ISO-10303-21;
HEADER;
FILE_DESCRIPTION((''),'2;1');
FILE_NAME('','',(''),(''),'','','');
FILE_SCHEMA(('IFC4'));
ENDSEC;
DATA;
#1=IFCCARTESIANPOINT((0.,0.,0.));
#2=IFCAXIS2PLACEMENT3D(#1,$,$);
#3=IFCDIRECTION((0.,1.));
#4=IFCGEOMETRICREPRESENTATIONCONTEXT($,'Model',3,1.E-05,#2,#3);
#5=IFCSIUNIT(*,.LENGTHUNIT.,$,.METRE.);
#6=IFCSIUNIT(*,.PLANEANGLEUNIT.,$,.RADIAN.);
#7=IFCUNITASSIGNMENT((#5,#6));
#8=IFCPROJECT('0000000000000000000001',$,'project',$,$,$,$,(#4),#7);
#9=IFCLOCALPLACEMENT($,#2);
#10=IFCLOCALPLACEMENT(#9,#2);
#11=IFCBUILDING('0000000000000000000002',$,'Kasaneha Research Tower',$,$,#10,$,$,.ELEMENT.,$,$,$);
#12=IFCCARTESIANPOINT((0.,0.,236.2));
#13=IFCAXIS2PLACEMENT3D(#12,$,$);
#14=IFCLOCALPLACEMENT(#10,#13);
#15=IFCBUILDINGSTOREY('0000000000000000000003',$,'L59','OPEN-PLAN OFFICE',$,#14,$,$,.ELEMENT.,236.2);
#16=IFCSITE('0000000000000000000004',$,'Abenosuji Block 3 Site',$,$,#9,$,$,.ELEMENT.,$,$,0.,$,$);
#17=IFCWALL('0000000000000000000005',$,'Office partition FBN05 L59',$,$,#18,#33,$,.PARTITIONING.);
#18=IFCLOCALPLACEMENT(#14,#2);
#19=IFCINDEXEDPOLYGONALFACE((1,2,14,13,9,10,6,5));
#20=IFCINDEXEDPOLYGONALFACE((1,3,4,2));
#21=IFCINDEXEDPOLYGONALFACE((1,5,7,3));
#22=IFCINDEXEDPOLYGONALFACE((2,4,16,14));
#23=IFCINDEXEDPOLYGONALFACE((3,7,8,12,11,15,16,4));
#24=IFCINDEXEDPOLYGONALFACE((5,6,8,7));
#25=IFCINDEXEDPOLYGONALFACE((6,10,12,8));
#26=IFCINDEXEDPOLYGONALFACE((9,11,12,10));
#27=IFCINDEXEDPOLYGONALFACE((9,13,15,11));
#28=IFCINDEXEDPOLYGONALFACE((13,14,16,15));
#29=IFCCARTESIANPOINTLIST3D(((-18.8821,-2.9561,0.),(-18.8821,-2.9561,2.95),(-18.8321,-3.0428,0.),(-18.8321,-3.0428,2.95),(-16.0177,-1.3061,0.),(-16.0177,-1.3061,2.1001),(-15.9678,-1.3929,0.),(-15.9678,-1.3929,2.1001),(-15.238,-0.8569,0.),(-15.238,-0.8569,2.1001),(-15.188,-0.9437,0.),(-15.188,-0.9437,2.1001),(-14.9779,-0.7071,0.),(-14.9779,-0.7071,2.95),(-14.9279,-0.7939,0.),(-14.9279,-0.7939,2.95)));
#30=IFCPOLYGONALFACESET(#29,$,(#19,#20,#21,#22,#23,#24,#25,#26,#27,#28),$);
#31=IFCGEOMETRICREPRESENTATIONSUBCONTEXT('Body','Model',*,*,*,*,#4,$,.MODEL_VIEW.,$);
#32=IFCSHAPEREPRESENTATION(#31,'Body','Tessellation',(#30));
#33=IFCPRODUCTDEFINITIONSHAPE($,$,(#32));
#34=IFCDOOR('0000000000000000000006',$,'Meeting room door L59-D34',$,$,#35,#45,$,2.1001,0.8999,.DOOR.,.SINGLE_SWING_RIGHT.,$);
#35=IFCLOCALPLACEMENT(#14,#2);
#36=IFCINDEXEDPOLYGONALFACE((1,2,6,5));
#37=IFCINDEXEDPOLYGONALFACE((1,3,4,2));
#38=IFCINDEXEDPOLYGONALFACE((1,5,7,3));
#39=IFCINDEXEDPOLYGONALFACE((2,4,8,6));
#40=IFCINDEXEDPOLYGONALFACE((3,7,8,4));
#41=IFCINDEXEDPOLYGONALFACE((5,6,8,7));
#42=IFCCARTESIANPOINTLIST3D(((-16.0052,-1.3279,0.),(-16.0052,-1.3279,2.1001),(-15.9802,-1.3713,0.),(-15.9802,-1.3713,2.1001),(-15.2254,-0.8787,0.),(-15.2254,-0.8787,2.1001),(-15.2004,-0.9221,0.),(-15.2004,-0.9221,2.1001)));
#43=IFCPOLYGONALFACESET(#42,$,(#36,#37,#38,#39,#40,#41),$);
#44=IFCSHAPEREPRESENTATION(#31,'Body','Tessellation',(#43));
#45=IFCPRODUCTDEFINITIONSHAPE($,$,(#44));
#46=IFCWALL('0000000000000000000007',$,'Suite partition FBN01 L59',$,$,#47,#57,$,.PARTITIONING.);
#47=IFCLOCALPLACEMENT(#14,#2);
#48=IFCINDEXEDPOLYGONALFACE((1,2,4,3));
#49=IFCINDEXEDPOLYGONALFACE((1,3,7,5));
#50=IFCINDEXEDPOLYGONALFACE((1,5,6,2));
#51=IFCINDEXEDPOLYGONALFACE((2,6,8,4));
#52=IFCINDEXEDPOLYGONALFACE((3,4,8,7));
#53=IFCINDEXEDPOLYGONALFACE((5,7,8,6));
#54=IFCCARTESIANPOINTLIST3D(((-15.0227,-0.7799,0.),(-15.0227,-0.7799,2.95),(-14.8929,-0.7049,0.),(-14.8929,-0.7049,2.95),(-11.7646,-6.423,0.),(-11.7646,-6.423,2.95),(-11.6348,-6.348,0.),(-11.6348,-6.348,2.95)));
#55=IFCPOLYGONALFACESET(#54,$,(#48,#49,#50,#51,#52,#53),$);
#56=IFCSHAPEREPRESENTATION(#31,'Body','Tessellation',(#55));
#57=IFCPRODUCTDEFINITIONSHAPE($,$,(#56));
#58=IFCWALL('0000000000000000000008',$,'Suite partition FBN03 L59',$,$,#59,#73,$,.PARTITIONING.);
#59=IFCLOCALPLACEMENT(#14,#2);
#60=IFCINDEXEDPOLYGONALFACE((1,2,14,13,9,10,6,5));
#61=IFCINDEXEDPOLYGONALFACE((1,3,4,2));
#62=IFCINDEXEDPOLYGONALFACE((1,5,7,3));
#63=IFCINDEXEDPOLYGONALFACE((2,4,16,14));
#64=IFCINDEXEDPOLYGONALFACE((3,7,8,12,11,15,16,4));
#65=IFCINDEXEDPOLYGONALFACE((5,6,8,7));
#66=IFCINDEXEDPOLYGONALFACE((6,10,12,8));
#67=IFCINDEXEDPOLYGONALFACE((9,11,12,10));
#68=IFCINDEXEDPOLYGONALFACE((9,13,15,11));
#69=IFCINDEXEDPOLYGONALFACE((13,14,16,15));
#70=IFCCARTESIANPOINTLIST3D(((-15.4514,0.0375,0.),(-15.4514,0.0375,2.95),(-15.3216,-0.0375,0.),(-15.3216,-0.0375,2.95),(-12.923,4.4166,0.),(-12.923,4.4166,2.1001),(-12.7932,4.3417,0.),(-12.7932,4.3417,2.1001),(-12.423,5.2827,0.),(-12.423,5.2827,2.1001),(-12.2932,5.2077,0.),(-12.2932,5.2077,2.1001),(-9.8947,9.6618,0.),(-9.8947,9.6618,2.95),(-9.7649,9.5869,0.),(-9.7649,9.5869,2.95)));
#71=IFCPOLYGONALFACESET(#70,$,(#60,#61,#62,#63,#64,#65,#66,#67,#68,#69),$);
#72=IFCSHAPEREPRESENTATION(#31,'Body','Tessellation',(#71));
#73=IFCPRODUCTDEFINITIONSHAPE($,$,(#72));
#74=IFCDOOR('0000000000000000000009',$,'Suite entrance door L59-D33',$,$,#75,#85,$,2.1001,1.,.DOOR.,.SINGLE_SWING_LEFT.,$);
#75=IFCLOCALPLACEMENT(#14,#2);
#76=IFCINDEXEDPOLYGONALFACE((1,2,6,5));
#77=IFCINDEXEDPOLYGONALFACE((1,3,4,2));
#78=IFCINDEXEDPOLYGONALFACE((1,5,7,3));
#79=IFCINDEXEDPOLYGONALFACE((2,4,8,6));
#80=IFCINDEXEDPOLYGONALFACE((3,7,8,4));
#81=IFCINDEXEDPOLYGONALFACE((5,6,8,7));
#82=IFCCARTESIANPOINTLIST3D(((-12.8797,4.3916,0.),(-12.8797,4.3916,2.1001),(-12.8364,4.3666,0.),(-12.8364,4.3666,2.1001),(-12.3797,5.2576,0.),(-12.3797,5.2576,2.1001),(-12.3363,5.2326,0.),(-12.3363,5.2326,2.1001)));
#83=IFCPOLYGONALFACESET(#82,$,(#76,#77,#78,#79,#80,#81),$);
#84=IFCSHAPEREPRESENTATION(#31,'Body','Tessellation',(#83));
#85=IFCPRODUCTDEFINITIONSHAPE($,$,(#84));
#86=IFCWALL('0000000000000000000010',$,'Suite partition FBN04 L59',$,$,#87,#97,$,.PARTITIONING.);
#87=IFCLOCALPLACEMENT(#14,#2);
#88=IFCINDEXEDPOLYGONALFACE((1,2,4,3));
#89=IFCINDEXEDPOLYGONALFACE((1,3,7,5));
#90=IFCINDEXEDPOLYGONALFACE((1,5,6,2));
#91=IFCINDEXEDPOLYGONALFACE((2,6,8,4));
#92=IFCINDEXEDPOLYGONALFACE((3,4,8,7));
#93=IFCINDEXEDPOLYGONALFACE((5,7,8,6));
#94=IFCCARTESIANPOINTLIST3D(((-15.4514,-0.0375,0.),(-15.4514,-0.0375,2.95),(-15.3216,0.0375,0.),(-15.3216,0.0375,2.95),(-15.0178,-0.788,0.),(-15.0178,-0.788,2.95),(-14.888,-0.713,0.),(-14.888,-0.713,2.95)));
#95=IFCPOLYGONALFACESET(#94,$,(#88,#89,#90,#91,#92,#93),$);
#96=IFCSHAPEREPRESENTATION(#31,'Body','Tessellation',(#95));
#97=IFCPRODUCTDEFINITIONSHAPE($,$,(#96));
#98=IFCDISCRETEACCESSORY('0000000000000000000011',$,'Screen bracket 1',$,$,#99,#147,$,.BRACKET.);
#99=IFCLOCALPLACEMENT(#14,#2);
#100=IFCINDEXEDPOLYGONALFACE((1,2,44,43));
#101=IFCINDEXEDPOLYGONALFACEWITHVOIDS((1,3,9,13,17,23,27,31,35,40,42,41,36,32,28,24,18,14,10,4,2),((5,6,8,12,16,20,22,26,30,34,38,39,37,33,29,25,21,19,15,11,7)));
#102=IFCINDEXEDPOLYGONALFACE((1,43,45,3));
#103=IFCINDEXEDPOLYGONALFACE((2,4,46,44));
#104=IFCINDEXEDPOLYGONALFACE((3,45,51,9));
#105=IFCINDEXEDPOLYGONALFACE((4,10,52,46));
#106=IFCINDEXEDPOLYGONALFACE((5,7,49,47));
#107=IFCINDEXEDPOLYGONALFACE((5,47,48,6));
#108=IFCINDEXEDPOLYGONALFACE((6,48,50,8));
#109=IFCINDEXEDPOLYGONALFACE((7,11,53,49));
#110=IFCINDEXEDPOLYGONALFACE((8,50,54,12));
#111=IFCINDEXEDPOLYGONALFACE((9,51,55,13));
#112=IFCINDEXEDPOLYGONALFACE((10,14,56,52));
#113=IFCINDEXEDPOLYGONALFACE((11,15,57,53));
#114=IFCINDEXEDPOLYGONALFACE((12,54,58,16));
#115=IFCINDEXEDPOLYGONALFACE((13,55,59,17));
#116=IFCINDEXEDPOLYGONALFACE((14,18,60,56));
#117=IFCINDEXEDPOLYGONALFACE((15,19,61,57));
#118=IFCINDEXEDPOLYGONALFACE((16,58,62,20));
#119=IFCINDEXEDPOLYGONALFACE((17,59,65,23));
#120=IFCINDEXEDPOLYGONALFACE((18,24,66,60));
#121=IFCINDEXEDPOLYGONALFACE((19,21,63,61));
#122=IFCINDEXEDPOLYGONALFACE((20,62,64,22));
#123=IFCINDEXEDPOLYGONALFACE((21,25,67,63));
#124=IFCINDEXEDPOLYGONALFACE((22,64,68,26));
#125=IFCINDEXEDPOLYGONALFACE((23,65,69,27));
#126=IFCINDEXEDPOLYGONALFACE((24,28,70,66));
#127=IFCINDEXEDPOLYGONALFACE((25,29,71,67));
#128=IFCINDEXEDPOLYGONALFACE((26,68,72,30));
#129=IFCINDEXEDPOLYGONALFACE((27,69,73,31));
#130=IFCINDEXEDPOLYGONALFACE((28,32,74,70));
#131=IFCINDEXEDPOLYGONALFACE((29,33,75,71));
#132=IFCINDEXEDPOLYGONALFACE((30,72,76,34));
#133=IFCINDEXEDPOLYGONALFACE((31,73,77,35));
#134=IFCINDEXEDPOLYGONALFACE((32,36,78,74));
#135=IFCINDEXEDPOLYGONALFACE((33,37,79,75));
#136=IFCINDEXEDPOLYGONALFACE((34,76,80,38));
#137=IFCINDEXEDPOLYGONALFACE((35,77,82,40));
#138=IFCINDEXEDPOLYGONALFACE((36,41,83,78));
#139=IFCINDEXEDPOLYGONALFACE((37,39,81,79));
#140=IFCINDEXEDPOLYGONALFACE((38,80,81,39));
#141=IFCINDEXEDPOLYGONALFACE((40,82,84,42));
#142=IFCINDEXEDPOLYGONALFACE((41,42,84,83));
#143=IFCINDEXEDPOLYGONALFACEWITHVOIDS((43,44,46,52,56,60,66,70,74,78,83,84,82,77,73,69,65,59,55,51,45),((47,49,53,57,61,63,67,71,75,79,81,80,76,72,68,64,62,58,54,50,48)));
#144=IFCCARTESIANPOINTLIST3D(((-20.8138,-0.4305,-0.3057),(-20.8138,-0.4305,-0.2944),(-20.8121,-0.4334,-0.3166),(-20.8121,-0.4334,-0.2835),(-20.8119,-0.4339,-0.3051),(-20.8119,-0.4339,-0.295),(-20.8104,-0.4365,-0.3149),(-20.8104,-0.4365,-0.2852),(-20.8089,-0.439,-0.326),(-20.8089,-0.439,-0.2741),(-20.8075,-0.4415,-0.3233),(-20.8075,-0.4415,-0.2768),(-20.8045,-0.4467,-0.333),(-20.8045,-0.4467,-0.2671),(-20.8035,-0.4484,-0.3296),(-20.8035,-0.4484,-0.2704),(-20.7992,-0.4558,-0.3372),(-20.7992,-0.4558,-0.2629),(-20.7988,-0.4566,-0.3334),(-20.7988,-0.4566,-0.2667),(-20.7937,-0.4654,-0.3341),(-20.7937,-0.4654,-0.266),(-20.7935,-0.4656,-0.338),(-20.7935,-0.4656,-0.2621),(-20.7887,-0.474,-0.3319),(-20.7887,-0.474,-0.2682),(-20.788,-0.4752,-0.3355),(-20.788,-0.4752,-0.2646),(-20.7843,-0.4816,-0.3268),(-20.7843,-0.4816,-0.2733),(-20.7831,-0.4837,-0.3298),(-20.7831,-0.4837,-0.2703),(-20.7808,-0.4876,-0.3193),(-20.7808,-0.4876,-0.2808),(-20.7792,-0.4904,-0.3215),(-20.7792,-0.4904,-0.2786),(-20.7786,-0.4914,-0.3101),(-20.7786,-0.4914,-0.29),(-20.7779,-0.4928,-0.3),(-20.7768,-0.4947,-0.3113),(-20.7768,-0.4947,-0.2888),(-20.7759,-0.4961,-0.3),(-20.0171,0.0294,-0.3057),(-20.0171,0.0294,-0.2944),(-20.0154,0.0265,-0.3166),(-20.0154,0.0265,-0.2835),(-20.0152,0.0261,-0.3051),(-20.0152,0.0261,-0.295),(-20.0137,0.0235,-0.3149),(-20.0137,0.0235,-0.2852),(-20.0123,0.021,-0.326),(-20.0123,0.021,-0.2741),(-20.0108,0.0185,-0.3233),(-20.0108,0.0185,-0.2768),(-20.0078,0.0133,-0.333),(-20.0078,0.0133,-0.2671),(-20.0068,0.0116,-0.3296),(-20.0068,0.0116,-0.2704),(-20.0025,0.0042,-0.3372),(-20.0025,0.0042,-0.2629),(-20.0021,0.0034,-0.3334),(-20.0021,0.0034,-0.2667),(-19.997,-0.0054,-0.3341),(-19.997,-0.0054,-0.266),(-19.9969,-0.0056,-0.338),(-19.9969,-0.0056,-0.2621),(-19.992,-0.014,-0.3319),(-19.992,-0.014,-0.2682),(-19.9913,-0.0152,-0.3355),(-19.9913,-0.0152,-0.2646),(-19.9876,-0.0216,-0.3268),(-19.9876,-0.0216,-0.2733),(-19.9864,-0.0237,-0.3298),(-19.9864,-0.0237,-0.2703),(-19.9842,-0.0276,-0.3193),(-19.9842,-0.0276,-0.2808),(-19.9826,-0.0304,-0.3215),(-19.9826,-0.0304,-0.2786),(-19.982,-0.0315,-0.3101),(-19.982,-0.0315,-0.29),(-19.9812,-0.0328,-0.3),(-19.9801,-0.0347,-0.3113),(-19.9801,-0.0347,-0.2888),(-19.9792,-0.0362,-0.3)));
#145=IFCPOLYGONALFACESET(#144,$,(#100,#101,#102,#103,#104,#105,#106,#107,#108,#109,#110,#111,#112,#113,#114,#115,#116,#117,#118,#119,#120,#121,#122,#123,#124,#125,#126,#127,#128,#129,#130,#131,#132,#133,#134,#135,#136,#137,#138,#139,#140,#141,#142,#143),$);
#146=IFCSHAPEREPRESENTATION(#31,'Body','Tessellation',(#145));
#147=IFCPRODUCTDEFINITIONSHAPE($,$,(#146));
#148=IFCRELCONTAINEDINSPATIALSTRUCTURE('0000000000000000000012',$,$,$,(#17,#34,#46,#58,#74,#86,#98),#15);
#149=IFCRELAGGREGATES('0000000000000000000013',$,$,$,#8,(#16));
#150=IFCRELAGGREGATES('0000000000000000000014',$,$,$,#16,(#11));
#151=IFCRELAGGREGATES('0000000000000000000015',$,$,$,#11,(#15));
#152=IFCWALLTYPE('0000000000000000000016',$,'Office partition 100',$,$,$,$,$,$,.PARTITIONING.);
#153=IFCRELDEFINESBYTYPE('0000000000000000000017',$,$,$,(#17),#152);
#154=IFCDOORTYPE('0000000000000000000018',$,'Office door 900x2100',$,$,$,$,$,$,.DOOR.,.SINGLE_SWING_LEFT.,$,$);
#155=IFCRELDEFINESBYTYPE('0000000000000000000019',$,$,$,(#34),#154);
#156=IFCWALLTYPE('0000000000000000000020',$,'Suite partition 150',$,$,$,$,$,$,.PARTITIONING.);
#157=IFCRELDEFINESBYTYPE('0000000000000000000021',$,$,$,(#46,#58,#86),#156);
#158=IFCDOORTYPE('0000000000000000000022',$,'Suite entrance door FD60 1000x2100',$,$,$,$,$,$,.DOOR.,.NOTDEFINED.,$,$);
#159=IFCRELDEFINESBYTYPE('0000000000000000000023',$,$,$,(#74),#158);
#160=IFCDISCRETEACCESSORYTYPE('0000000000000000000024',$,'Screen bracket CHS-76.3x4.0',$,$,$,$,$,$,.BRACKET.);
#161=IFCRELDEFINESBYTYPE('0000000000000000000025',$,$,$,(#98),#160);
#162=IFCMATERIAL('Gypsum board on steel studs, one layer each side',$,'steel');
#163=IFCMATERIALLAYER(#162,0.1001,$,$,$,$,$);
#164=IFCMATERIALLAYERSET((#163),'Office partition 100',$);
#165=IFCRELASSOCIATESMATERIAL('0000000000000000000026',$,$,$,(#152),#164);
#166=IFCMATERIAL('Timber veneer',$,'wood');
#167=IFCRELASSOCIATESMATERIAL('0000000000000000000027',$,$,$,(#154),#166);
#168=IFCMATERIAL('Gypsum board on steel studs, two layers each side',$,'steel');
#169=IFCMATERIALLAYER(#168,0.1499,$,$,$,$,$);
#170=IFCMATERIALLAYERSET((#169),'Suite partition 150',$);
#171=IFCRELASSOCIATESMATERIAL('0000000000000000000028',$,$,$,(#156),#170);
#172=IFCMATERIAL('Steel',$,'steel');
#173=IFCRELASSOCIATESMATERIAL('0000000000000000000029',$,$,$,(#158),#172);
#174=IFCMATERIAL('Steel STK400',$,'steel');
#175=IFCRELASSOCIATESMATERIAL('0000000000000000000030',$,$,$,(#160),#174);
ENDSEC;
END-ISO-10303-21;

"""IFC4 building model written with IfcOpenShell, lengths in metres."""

from ifc_helpers import new_model, si_unit, direction, frame, frame_2d, origin, origin_2d, place, context, subcontext, project, spatial, rectangle, hollow_circle, extrude, material, layer, layer_set, material_profile, profile_set, type_object, element, fill, save


model = new_model("IFC4")

# Units and contexts
model_context = context("Model", 3, precision=1e-05, world=origin(), true_north=direction((0.0, 1.0)))
body_context = subcontext(model_context, "Body", "Model", "MODEL_VIEW")
ifc_project = project(units=[si_unit("LENGTHUNIT", "METRE"), si_unit("PLANEANGLEUNIT", "RADIAN")], contexts=[model_context])

# Site, building, storey
site_placement = place(None, origin())
site = spatial("IfcSite", under=ifc_project, at=site_placement, Name="Abenosuji Block 3 Site", CompositionType="ELEMENT", RefElevation=0.0)
building_placement = place(site_placement, origin())
building = spatial("IfcBuilding", under=site, at=building_placement, Name="Kasaneha Research Tower", CompositionType="ELEMENT")
storey_placement = place(building_placement, frame((0.0, 0.0, 236.2)))
storey = spatial("IfcBuildingStorey", under=building, at=storey_placement, Name="L59", Description="OPEN-PLAN OFFICE", CompositionType="ELEMENT", Elevation=236.2)

# Wall, opening, door
ifc_material_1 = material(Name="Gypsum board on steel studs, one layer each side", Category="steel")
ifc_layer_1 = layer(ifc_material_1, 0.1001)
ifc_layer_set_1 = layer_set([ifc_layer_1], Name="Office partition 100")
wall_type_1 = type_object("IfcWallType", Name="Office partition 100", PredefinedType="PARTITIONING", material=ifc_layer_set_1)
wall_1_placement = place(storey_placement, frame((-18.8572, -2.9995, 0.0), z_axis=(0.0, 0.0, 1.0), x_axis=(0.866517, 0.499147, 0.0)))
wall_1 = element("IfcWall", 1, at=wall_1_placement, inside=storey, type_object=wall_type_1, Name="Office partition FBN05 L59", PredefinedType="PARTITIONING", context=body_context, shape_type="SweptSolid", body=[
    extrude(rectangle(XDim=4.5056, YDim=0.1001, at=frame_2d((2.2529, 0.0))), origin(), (0.0, 0.0, 1.0), 2.95),
])
opening_1_placement = place(wall_1_placement, frame((3.3057, 0.0, 0.0)))
opening_1 = element("IfcOpeningElement", 2, at=opening_1_placement, cuts=wall_1, PredefinedType="OPENING", context=body_context, shape_type="SweptSolid", body=[
    extrude(rectangle(XDim=0.8999, YDim=2.1001, at=frame_2d((0.45, 1.05))), frame((0.0, 0.0601, 0.0), z_axis=(0.0, -1.0, 0.0), x_axis=(1.0, 0.0, 0.0)), (0.0, 0.0, 1.0), 0.1201),
])
ifc_material_2 = material(Name="Timber veneer", Category="wood")
door_type_1 = type_object("IfcDoorType", Name="Office door 900x2100", OperationType="SINGLE_SWING_LEFT", PredefinedType="DOOR", material=ifc_material_2)
door_1_placement = place(opening_1_placement, origin())
door_1 = element("IfcDoor", 3, at=door_1_placement, inside=storey, type_object=door_type_1, Name="Meeting room door L59-D34", OperationType="SINGLE_SWING_RIGHT", OverallHeight=2.1001, OverallWidth=0.8999, PredefinedType="DOOR", context=body_context, shape_type="SweptSolid", body=[
    extrude(rectangle(XDim=0.8999, YDim=2.1001, at=frame_2d((0.45, 1.05))), frame((0.0, 0.0249, 0.0), z_axis=(0.0, -1.0, 0.0), x_axis=(1.0, 0.0, 0.0)), (0.0, 0.0, 1.0), 0.05),
])
fill(opening_1, door_1)

# Wall
ifc_material_3 = material(Name="Gypsum board on steel studs, two layers each side", Category="steel")
ifc_layer_2 = layer(ifc_material_3, 0.1499)
ifc_layer_set_2 = layer_set([ifc_layer_2], Name="Suite partition 150")
wall_type_2 = type_object("IfcWallType", Name="Suite partition 150", PredefinedType="PARTITIONING", material=ifc_layer_set_2)
wall_2_placement = place(storey_placement, frame((-11.6997, -6.3855, 0.0), z_axis=(0.0, 0.0, 1.0), x_axis=(-0.500004, 0.866023, 0.0)))
element("IfcWall", 4, at=wall_2_placement, inside=storey, type_object=wall_type_2, Name="Suite partition FBN01 L59", PredefinedType="PARTITIONING", context=body_context, shape_type="SweptSolid", body=[
    extrude(rectangle(XDim=6.5161, YDim=0.1499, at=frame_2d((3.2581, 0.0))), origin(), (0.0, 0.0, 1.0), 2.95),
])

# Wall, opening, door
wall_3_placement = place(storey_placement, frame((-15.3865, 0.0, 0.0), z_axis=(0.0, 0.0, 1.0), x_axis=(0.500005, 0.866023, 0.0)))
wall_3 = element("IfcWall", 5, at=wall_3_placement, inside=storey, type_object=wall_type_2, Name="Suite partition FBN03 L59", PredefinedType="PARTITIONING", context=body_context, shape_type="SweptSolid", body=[
    extrude(rectangle(XDim=11.1133, YDim=0.1499, at=frame_2d((5.5566, 0.0))), origin(), (0.0, 0.0, 1.0), 2.95),
])
opening_2_placement = place(wall_3_placement, frame((5.0566, 0.0, 0.0)))
opening_2 = element("IfcOpeningElement", 6, at=opening_2_placement, cuts=wall_3, PredefinedType="OPENING", context=body_context, shape_type="SweptSolid", body=[
    extrude(rectangle(XDim=1.0, YDim=2.1001, at=frame_2d((0.5, 1.05))), frame((0.0, 0.085, 0.0), z_axis=(0.0, -1.0, 0.0), x_axis=(1.0, 0.0, 0.0)), (0.0, 0.0, 1.0), 0.1699),
])
ifc_material_4 = material(Name="Steel", Category="steel")
door_type_2 = type_object("IfcDoorType", Name="Suite entrance door FD60 1000x2100", OperationType="NOTDEFINED", PredefinedType="DOOR", material=ifc_material_4)
door_2_placement = place(opening_2_placement, origin())
door_2 = element("IfcDoor", 7, at=door_2_placement, inside=storey, type_object=door_type_2, Name="Suite entrance door L59-D33", OperationType="SINGLE_SWING_LEFT", OverallHeight=2.1001, OverallWidth=1.0, PredefinedType="DOOR", context=body_context, shape_type="SweptSolid", body=[
    extrude(rectangle(XDim=1.0, YDim=2.1001, at=frame_2d((0.5, 1.05))), frame((0.0, 0.0249, 0.0), z_axis=(0.0, -1.0, 0.0), x_axis=(1.0, 0.0, 0.0)), (0.0, 0.0, 1.0), 0.05),
])
fill(opening_2, door_2)

# Wall
wall_4_placement = place(storey_placement, frame((-14.9529, -0.7505, 0.0), z_axis=(0.0, 0.0, 1.0), x_axis=(-0.500259, 0.865876, 0.0)))
element("IfcWall", 8, at=wall_4_placement, inside=storey, type_object=wall_type_2, Name="Suite partition FBN04 L59", PredefinedType="PARTITIONING", context=body_context, shape_type="SweptSolid", body=[
    extrude(rectangle(XDim=0.8667, YDim=0.1499, at=frame_2d((0.4333, 0.0))), origin(), (0.0, 0.0, 1.0), 2.95),
])

# Discrete accessory
ifc_material_5 = material(Name="Steel STK400", Category="steel")
ifc_material_profile_1 = material_profile(ifc_material_5, hollow_circle(Radius=0.0381, WallThickness=0.0039, at=origin_2d()), Name="CHS-76.3x4.0")
ifc_profile_set_1 = profile_set([ifc_material_profile_1], Name="Steel STK400")
discrete_accessory_type = type_object("IfcDiscreteAccessoryType", Name="Screen bracket CHS-76.3x4.0", PredefinedType="BRACKET", material=ifc_profile_set_1)
discrete_accessory_placement = place(storey_placement, frame((-19.9983, -0.0032, -0.3), z_axis=(-0.866013, -0.500021, 0.0), x_axis=(0.500021, -0.866013, 0.0)))
element("IfcDiscreteAccessory", 9, at=discrete_accessory_placement, inside=storey, type_object=discrete_accessory_type, Name="Screen bracket 1", PredefinedType="BRACKET", context=body_context, shape_type="SweptSolid", body=[
    extrude(hollow_circle(Radius=0.0381, WallThickness=0.0039, at=origin_2d()), origin(), (0.0, 0.0, 1.0), 0.9199),
])

save(model, "model.ifc")
